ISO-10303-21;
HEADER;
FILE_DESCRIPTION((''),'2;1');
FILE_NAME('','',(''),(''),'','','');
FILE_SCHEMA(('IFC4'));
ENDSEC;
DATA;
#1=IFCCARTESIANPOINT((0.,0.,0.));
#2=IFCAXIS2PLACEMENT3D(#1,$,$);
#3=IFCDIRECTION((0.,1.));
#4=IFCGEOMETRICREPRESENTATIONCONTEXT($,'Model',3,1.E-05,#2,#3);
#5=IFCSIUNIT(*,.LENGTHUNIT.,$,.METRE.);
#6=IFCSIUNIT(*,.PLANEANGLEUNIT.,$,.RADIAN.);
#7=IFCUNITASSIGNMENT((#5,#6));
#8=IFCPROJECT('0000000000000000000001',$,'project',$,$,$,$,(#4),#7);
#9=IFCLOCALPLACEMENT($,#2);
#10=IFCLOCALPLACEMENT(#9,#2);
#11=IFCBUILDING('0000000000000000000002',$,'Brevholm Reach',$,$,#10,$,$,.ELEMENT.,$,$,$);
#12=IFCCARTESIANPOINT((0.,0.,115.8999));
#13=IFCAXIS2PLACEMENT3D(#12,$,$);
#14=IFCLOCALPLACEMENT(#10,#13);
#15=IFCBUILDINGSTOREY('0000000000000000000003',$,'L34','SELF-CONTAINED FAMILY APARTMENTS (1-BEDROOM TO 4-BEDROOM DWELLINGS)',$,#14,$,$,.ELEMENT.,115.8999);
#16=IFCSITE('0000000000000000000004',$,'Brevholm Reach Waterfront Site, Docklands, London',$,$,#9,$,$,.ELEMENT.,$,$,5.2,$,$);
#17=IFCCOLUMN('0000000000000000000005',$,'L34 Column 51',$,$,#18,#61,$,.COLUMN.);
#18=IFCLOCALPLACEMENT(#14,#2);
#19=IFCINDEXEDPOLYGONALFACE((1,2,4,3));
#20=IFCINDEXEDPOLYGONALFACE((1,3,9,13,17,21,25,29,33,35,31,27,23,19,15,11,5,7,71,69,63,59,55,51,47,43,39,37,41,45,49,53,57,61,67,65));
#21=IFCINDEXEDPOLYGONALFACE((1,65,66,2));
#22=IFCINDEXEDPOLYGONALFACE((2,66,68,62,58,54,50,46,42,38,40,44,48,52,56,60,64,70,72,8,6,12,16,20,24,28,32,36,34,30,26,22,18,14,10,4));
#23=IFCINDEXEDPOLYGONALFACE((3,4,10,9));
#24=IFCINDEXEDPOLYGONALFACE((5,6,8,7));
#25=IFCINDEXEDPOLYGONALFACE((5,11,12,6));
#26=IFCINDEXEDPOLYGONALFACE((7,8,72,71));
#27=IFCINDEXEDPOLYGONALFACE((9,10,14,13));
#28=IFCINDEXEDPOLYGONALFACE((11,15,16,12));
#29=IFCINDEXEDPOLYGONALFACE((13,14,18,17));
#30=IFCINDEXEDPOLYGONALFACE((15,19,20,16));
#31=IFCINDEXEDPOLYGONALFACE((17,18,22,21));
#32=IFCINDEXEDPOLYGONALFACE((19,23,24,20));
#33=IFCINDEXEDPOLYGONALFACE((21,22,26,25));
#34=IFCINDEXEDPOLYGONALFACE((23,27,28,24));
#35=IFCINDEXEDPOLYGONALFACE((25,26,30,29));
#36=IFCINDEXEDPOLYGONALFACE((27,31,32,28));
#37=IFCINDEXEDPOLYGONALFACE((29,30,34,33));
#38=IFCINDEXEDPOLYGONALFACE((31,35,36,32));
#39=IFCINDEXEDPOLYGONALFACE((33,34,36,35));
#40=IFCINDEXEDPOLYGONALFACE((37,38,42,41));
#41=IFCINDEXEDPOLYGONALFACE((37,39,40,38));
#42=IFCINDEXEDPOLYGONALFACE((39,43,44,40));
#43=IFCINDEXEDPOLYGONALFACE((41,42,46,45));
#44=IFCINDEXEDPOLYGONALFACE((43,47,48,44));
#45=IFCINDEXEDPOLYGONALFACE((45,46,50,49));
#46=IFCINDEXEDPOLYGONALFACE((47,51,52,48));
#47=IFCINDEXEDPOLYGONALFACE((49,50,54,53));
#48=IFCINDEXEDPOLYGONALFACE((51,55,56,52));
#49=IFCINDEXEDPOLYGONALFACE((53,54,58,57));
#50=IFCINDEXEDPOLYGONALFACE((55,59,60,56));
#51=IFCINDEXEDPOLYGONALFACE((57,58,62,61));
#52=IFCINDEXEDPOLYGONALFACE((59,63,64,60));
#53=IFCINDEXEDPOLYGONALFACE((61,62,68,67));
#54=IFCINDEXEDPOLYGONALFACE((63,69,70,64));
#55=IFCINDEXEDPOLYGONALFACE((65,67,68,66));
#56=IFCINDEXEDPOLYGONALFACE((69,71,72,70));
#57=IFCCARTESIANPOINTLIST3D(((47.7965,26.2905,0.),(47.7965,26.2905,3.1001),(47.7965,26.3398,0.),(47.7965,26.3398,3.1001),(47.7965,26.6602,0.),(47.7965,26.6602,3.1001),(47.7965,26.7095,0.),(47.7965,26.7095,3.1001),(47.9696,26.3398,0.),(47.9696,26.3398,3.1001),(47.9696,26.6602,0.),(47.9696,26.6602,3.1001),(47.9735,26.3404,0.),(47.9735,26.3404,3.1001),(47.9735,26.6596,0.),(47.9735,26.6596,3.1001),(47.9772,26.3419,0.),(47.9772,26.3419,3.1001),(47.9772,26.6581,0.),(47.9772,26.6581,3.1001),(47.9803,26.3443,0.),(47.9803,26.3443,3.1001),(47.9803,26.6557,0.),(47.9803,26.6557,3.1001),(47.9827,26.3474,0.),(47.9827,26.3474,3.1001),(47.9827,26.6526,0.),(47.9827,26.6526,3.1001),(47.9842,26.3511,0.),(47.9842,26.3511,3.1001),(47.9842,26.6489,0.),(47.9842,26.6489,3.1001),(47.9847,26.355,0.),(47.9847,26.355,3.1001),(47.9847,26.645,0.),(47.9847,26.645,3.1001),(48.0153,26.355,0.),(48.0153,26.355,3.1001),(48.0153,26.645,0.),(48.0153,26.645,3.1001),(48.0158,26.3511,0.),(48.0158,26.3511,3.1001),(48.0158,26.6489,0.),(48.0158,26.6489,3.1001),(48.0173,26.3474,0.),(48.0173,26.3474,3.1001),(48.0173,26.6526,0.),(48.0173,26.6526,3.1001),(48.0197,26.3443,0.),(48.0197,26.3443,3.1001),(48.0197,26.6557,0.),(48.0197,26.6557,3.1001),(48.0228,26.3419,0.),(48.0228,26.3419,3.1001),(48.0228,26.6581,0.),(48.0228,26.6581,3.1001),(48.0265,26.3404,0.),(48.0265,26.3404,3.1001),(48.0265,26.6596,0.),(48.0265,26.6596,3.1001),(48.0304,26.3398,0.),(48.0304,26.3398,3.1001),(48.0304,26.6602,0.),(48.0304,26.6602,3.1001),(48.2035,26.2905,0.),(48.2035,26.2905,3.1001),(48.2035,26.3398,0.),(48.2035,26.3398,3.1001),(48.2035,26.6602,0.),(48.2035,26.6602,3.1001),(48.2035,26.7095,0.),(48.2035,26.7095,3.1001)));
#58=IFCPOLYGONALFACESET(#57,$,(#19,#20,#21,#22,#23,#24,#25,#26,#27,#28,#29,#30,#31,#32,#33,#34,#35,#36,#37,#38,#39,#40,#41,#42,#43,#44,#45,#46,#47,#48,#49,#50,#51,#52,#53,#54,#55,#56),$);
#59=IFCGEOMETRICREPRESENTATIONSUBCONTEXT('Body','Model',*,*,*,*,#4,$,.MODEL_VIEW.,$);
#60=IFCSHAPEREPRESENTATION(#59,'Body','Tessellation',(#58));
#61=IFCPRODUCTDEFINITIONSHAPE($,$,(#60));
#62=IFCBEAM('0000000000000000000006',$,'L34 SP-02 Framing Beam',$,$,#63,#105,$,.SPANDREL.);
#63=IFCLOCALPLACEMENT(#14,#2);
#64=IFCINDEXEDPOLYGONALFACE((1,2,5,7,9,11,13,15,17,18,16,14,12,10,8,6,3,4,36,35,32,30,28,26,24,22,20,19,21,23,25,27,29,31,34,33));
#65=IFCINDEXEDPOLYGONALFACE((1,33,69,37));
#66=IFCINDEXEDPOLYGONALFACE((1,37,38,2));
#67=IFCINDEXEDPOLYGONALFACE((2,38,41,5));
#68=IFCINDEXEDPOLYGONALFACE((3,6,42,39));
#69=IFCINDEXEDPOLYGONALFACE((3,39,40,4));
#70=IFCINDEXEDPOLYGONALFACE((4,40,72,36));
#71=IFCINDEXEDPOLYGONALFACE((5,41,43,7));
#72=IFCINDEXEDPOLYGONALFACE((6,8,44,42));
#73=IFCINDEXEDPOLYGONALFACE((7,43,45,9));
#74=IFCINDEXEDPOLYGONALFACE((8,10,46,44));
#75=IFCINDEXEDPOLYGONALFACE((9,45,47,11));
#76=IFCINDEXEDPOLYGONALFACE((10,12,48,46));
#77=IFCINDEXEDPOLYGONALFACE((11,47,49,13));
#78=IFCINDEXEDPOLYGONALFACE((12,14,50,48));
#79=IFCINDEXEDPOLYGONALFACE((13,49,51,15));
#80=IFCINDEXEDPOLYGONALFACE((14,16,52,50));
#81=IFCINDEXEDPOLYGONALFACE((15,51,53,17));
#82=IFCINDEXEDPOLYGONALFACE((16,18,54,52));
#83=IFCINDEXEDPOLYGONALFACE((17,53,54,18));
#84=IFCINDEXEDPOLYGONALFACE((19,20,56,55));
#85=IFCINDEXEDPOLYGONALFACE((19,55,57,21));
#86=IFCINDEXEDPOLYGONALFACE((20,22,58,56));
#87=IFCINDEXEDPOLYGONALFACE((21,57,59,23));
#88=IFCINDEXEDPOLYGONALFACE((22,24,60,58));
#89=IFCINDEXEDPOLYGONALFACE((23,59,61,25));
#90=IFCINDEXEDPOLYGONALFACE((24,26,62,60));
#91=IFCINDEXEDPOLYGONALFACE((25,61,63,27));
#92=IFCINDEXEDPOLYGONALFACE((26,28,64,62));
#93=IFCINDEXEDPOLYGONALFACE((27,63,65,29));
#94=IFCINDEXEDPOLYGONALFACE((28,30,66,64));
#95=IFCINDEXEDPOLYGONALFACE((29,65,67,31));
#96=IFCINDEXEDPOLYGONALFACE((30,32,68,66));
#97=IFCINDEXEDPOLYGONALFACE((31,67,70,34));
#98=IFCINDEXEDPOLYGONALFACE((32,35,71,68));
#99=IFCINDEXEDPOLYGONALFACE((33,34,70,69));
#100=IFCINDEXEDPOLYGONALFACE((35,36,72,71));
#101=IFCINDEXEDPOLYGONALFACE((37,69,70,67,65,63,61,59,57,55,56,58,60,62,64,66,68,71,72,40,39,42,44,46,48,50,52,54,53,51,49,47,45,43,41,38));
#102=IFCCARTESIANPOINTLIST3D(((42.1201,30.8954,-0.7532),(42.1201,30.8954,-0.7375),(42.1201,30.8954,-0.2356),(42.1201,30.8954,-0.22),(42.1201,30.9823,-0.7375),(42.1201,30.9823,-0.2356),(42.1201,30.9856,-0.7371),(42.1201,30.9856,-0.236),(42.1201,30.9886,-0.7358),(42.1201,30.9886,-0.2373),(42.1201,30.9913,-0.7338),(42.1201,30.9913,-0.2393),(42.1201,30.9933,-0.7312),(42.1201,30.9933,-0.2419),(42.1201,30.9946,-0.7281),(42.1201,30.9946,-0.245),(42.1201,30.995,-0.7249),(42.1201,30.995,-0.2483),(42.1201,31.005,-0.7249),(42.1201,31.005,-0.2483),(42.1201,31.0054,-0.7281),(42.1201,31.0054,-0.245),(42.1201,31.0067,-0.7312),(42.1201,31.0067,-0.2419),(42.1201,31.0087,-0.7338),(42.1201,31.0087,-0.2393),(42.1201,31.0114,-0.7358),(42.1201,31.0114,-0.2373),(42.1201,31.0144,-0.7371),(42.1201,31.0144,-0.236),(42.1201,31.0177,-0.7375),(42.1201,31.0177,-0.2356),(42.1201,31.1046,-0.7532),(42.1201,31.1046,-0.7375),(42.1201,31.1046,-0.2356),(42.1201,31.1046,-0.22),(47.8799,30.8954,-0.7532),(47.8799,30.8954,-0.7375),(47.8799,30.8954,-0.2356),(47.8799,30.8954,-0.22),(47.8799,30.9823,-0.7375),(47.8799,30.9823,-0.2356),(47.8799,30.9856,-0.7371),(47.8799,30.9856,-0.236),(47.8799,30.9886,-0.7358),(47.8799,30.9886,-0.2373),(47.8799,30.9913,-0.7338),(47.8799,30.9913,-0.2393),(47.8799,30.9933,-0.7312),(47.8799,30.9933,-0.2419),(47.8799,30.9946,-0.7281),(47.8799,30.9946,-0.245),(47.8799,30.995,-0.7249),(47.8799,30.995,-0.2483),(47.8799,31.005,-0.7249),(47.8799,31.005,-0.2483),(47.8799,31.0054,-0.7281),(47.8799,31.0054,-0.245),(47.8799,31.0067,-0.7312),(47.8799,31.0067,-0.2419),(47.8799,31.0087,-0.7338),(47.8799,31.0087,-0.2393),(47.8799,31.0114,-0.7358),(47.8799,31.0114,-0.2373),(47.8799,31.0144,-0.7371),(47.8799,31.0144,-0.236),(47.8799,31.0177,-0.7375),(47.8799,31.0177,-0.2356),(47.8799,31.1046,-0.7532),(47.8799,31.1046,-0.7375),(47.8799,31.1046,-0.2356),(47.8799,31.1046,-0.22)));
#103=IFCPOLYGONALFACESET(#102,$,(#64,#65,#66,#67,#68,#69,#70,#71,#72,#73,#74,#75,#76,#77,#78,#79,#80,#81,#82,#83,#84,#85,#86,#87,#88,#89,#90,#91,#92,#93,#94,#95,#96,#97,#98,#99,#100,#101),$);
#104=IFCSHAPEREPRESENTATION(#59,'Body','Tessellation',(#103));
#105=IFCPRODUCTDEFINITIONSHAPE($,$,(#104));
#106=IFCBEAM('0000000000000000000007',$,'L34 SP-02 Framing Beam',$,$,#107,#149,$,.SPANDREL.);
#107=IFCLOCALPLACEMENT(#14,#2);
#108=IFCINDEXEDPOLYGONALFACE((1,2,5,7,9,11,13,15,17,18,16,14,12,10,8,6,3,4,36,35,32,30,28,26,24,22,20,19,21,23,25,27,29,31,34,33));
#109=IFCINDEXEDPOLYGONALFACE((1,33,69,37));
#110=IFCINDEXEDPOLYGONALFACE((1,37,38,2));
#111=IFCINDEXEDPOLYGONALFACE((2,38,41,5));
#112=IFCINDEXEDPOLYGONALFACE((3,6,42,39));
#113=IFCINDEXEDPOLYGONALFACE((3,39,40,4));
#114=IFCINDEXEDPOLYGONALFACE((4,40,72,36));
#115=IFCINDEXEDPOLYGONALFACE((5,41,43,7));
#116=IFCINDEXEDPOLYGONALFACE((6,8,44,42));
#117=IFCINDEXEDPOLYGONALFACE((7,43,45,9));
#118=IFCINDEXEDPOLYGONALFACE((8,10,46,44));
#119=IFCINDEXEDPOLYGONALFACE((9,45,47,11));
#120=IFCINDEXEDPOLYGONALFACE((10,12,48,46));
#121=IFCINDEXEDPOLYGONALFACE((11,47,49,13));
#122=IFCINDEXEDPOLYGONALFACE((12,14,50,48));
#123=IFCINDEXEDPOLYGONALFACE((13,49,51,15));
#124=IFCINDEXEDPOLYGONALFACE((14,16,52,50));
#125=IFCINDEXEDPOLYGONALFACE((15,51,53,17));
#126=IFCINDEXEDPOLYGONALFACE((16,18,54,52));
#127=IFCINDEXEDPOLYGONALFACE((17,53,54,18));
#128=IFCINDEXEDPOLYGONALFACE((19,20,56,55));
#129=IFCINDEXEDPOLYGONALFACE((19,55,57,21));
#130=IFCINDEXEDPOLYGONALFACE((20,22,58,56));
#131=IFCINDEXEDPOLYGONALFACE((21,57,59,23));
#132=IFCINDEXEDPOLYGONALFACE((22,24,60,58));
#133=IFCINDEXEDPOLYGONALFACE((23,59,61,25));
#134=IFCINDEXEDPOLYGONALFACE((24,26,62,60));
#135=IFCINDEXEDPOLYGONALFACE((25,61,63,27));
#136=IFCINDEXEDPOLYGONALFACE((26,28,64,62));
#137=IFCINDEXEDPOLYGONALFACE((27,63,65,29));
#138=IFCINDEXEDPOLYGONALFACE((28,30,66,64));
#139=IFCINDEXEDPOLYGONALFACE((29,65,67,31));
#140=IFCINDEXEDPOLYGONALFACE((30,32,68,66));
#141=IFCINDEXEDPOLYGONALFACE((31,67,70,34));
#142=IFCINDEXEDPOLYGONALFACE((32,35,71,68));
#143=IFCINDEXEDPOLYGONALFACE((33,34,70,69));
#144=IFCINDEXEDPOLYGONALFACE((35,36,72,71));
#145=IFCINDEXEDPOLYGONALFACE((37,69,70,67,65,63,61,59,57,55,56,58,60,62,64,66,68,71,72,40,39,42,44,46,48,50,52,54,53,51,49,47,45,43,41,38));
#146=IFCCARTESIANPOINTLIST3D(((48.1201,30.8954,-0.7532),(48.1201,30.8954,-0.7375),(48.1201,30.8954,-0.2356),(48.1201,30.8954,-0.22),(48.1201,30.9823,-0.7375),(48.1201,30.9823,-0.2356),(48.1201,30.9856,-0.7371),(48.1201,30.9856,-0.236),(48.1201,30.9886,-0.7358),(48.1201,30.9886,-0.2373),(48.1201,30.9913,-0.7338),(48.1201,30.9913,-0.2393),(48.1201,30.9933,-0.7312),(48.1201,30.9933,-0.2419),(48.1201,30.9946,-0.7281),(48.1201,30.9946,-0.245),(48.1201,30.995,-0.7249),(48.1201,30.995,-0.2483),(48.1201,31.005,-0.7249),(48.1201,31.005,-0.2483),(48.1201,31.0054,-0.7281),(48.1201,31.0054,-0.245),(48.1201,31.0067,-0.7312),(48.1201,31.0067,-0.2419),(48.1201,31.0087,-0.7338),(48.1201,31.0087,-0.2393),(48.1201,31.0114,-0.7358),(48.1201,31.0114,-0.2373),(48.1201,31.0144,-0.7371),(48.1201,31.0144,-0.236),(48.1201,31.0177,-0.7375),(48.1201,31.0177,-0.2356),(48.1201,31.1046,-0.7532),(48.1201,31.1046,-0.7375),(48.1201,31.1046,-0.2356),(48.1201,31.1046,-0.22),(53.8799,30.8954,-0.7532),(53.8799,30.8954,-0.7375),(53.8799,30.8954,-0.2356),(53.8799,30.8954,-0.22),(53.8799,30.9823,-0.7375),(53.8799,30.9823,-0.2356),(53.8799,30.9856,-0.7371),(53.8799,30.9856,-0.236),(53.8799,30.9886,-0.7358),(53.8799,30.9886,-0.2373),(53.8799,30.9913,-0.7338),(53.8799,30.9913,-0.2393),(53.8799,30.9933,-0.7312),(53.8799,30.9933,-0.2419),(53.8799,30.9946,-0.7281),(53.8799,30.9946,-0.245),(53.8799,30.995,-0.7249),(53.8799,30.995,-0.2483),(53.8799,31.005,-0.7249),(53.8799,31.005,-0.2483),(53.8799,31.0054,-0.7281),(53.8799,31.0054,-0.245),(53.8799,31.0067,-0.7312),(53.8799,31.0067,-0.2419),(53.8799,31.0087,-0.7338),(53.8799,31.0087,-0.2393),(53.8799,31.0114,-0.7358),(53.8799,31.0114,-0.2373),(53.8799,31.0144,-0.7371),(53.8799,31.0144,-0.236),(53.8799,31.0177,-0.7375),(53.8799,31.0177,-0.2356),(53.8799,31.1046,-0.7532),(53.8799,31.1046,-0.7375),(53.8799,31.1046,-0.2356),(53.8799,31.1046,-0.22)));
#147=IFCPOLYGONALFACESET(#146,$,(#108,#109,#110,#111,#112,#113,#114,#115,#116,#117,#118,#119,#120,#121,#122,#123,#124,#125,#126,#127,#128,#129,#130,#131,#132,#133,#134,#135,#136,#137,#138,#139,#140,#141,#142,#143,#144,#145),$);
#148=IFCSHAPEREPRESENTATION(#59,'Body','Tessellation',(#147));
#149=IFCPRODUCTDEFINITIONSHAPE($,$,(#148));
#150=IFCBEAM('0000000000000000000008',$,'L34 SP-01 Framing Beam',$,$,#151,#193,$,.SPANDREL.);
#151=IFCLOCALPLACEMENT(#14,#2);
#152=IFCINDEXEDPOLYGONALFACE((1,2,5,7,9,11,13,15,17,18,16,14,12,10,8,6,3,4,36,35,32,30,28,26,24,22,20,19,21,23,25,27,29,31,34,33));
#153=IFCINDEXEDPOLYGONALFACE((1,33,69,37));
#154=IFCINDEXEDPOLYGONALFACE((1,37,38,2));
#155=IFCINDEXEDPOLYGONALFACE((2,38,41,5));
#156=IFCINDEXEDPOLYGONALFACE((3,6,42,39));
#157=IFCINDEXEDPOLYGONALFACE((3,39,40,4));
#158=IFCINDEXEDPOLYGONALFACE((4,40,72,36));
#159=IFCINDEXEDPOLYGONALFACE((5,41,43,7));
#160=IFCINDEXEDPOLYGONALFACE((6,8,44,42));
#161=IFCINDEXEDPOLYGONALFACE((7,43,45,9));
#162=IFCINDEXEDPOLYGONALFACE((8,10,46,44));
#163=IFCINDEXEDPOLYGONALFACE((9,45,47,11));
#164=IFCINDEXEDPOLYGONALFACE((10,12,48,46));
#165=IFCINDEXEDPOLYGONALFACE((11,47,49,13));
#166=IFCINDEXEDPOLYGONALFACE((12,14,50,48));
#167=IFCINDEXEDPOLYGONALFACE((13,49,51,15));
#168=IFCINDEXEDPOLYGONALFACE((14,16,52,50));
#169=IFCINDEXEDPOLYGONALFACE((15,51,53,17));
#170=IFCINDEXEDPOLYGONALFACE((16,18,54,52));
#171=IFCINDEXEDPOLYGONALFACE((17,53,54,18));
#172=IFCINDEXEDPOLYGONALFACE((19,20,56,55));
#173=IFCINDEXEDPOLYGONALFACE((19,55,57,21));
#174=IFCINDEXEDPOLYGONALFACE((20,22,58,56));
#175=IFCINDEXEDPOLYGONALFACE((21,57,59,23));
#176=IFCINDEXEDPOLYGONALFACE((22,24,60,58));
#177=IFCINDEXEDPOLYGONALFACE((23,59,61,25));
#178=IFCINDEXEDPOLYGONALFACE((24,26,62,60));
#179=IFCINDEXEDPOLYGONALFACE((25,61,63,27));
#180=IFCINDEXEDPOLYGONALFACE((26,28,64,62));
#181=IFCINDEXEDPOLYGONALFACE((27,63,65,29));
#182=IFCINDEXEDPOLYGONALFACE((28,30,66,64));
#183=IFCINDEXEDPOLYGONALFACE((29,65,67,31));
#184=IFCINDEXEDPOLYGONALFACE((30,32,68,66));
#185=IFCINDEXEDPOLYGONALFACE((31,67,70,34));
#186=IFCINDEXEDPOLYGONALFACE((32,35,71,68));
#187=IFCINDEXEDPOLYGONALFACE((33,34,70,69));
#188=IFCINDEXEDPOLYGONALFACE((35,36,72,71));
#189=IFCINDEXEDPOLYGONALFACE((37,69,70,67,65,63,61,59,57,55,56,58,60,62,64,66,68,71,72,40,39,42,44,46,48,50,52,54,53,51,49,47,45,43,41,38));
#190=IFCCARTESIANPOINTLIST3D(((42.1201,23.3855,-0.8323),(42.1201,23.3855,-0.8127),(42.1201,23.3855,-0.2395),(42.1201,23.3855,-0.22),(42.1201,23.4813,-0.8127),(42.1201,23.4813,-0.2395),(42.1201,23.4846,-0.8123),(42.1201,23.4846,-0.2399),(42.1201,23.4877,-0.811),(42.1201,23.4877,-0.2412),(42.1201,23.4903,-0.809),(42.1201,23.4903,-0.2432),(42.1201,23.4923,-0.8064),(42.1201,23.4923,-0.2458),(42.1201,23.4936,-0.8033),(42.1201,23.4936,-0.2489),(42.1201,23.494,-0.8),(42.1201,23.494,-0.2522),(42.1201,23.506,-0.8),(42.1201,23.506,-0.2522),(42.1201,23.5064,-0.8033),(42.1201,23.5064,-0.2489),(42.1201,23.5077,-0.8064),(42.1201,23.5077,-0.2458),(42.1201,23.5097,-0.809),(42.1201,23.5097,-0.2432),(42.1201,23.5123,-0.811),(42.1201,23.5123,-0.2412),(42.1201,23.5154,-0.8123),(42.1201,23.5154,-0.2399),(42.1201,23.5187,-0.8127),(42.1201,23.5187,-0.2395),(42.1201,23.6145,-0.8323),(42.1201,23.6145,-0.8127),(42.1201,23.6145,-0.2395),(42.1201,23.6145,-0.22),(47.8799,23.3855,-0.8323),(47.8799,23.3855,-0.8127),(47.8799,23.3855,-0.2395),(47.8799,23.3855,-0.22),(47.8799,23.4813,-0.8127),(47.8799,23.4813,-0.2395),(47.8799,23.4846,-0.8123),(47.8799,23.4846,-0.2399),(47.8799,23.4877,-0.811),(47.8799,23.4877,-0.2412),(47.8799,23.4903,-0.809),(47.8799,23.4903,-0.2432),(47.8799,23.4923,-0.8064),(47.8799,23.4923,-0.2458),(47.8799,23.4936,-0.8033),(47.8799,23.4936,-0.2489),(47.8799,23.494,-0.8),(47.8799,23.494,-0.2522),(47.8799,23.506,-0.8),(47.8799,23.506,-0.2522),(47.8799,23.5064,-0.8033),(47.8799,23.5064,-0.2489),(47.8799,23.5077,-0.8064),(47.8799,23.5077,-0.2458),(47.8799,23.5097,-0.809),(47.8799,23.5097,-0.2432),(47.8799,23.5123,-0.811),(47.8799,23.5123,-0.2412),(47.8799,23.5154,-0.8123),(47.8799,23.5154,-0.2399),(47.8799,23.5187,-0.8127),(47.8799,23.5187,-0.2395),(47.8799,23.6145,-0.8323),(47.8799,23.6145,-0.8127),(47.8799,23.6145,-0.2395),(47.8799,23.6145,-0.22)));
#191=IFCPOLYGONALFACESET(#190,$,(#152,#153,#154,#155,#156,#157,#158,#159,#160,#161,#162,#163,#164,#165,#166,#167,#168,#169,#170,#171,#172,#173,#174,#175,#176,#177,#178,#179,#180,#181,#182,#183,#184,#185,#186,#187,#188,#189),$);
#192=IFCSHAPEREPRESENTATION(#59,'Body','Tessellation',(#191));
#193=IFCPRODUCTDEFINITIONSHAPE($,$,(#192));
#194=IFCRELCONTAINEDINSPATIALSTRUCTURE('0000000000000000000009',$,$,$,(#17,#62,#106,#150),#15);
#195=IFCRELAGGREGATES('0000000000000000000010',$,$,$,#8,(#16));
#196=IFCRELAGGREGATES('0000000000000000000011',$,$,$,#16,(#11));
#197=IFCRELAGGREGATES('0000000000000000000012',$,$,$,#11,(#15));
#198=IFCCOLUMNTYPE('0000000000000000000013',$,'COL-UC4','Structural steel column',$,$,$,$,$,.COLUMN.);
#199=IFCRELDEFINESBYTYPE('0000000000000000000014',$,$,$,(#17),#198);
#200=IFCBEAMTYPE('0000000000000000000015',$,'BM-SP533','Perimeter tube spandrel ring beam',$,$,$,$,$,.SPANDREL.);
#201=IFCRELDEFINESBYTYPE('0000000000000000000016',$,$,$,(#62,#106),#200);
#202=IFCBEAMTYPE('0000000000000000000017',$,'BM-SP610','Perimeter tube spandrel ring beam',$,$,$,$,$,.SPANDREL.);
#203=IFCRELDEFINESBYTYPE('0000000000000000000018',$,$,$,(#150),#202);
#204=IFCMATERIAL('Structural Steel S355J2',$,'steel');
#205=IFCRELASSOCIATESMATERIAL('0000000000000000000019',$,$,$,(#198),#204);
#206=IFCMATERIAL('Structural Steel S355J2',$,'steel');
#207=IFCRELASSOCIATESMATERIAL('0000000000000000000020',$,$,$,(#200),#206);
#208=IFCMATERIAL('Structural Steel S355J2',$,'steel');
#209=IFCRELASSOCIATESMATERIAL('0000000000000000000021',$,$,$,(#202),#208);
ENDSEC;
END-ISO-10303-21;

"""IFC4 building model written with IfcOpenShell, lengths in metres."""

from ifc_helpers import new_model, si_unit, direction, frame, origin, origin_2d, place, context, subcontext, project, spatial, i_section, extrude, material, material_profile, profile_set, type_object, element, save


model = new_model("IFC4")

# Units and contexts
model_context = context("Model", 3, precision=1e-05, world=origin(), true_north=direction((0.0, 1.0)))
body_context = subcontext(model_context, "Body", "Model", "MODEL_VIEW")
ifc_project = project(units=[si_unit("LENGTHUNIT", "METRE"), si_unit("PLANEANGLEUNIT", "RADIAN")], contexts=[model_context])

# Site, building, storey
site_placement = place(None, origin())
site = spatial("IfcSite", under=ifc_project, at=site_placement, Name="Brevholm Reach Waterfront Site, Docklands, London", CompositionType="ELEMENT", RefElevation=5.2)
building_placement = place(site_placement, origin())
building = spatial("IfcBuilding", under=site, at=building_placement, Name="Brevholm Reach", CompositionType="ELEMENT")
storey_placement = place(building_placement, frame((0.0, 0.0, 115.8999)))
storey = spatial("IfcBuildingStorey", under=building, at=storey_placement, Name="L34", Description="SELF-CONTAINED FAMILY APARTMENTS (1-BEDROOM TO 4-BEDROOM DWELLINGS)", CompositionType="ELEMENT", Elevation=115.8999)

# Column
ifc_material_1 = material(Name="Structural Steel S355J2", Category="steel")
ifc_material_profile_1 = material_profile(ifc_material_1, i_section(OverallWidth=0.407, OverallDepth=0.4189, WebThickness=0.0305, FlangeThickness=0.0493, FilletRadius=0.0151, at=origin_2d()), Name="UKC 356x406x393")
ifc_profile_set_1 = profile_set([ifc_material_profile_1], Name="Structural Steel S355J2")
column_type_1 = type_object("IfcColumnType", Name="COL-UC4", Description="Structural steel column", PredefinedType="COLUMN", material=ifc_profile_set_1)
for number, where, z_axis, x_axis, name in (
    (1, (48.0, 26.5, 0.0), (0.0, 0.0, 1.0), (1.0, 0.0, 0.0), "L34 Column 51"),
):
    element("IfcColumn", number, at=place(storey_placement, frame(where, z_axis=z_axis, x_axis=x_axis)), inside=storey, type_object=column_type_1, Name=name, PredefinedType="COLUMN", context=body_context, shape_type="SweptSolid", body=[
        extrude(i_section(OverallWidth=0.407, OverallDepth=0.4189, WebThickness=0.0305, FlangeThickness=0.0493, FilletRadius=0.0151, at=origin_2d()), origin(), (0.0, 0.0, 1.0), 3.1001),
    ])

# Beams
ifc_material_2 = material(Name="Structural Steel S355J2", Category="steel")
ifc_material_profile_2 = material_profile(ifc_material_2, i_section(OverallWidth=0.2092, OverallDepth=0.5332, WebThickness=0.01, FlangeThickness=0.0156, FilletRadius=0.0127, at=origin_2d()), Name="UKB 533x210x92")
ifc_profile_set_2 = profile_set([ifc_material_profile_2], Name="Structural Steel S355J2")
beam_type_1 = type_object("IfcBeamType", Name="BM-SP533", Description="Perimeter tube spandrel ring beam", PredefinedType="SPANDREL", material=ifc_profile_set_2)
for number, where, z_axis, x_axis, name in (
    (2, (42.1201, 31.0, -0.4866), (1.0, 0.0, 0.0), (0.0, 1.0, 0.0), "L34 SP-02 Framing Beam"),
    (3, (48.1201, 31.0, -0.4866), (1.0, 0.0, 0.0), (0.0, 1.0, 0.0), "L34 SP-02 Framing Beam"),
):
    element("IfcBeam", number, at=place(storey_placement, frame(where, z_axis=z_axis, x_axis=x_axis)), inside=storey, type_object=beam_type_1, Name=name, PredefinedType="SPANDREL", context=body_context, shape_type="SweptSolid", body=[
        extrude(i_section(OverallWidth=0.2092, OverallDepth=0.5332, WebThickness=0.01, FlangeThickness=0.0156, FilletRadius=0.0127, at=origin_2d()), origin(), (0.0, 0.0, 1.0), 5.7598),
    ])
ifc_material_3 = material(Name="Structural Steel S355J2", Category="steel")
ifc_material_profile_3 = material_profile(ifc_material_3, i_section(OverallWidth=0.229, OverallDepth=0.6123, WebThickness=0.012, FlangeThickness=0.0195, FilletRadius=0.0127, at=origin_2d()), Name="UKB 610x229x125")
ifc_profile_set_3 = profile_set([ifc_material_profile_3], Name="Structural Steel S355J2")
beam_type_2 = type_object("IfcBeamType", Name="BM-SP610", Description="Perimeter tube spandrel ring beam", PredefinedType="SPANDREL", material=ifc_profile_set_3)
for number, where, z_axis, x_axis, name in (
    (4, (42.1201, 23.5, -0.5261), (1.0, 0.0, 0.0), (0.0, 1.0, 0.0), "L34 SP-01 Framing Beam"),
):
    element("IfcBeam", number, at=place(storey_placement, frame(where, z_axis=z_axis, x_axis=x_axis)), inside=storey, type_object=beam_type_2, Name=name, PredefinedType="SPANDREL", context=body_context, shape_type="SweptSolid", body=[
        extrude(i_section(OverallWidth=0.229, OverallDepth=0.6123, WebThickness=0.012, FlangeThickness=0.0195, FilletRadius=0.0127, at=origin_2d()), origin(), (0.0, 0.0, 1.0), 5.7598),
    ])

save(model, "model.ifc")
